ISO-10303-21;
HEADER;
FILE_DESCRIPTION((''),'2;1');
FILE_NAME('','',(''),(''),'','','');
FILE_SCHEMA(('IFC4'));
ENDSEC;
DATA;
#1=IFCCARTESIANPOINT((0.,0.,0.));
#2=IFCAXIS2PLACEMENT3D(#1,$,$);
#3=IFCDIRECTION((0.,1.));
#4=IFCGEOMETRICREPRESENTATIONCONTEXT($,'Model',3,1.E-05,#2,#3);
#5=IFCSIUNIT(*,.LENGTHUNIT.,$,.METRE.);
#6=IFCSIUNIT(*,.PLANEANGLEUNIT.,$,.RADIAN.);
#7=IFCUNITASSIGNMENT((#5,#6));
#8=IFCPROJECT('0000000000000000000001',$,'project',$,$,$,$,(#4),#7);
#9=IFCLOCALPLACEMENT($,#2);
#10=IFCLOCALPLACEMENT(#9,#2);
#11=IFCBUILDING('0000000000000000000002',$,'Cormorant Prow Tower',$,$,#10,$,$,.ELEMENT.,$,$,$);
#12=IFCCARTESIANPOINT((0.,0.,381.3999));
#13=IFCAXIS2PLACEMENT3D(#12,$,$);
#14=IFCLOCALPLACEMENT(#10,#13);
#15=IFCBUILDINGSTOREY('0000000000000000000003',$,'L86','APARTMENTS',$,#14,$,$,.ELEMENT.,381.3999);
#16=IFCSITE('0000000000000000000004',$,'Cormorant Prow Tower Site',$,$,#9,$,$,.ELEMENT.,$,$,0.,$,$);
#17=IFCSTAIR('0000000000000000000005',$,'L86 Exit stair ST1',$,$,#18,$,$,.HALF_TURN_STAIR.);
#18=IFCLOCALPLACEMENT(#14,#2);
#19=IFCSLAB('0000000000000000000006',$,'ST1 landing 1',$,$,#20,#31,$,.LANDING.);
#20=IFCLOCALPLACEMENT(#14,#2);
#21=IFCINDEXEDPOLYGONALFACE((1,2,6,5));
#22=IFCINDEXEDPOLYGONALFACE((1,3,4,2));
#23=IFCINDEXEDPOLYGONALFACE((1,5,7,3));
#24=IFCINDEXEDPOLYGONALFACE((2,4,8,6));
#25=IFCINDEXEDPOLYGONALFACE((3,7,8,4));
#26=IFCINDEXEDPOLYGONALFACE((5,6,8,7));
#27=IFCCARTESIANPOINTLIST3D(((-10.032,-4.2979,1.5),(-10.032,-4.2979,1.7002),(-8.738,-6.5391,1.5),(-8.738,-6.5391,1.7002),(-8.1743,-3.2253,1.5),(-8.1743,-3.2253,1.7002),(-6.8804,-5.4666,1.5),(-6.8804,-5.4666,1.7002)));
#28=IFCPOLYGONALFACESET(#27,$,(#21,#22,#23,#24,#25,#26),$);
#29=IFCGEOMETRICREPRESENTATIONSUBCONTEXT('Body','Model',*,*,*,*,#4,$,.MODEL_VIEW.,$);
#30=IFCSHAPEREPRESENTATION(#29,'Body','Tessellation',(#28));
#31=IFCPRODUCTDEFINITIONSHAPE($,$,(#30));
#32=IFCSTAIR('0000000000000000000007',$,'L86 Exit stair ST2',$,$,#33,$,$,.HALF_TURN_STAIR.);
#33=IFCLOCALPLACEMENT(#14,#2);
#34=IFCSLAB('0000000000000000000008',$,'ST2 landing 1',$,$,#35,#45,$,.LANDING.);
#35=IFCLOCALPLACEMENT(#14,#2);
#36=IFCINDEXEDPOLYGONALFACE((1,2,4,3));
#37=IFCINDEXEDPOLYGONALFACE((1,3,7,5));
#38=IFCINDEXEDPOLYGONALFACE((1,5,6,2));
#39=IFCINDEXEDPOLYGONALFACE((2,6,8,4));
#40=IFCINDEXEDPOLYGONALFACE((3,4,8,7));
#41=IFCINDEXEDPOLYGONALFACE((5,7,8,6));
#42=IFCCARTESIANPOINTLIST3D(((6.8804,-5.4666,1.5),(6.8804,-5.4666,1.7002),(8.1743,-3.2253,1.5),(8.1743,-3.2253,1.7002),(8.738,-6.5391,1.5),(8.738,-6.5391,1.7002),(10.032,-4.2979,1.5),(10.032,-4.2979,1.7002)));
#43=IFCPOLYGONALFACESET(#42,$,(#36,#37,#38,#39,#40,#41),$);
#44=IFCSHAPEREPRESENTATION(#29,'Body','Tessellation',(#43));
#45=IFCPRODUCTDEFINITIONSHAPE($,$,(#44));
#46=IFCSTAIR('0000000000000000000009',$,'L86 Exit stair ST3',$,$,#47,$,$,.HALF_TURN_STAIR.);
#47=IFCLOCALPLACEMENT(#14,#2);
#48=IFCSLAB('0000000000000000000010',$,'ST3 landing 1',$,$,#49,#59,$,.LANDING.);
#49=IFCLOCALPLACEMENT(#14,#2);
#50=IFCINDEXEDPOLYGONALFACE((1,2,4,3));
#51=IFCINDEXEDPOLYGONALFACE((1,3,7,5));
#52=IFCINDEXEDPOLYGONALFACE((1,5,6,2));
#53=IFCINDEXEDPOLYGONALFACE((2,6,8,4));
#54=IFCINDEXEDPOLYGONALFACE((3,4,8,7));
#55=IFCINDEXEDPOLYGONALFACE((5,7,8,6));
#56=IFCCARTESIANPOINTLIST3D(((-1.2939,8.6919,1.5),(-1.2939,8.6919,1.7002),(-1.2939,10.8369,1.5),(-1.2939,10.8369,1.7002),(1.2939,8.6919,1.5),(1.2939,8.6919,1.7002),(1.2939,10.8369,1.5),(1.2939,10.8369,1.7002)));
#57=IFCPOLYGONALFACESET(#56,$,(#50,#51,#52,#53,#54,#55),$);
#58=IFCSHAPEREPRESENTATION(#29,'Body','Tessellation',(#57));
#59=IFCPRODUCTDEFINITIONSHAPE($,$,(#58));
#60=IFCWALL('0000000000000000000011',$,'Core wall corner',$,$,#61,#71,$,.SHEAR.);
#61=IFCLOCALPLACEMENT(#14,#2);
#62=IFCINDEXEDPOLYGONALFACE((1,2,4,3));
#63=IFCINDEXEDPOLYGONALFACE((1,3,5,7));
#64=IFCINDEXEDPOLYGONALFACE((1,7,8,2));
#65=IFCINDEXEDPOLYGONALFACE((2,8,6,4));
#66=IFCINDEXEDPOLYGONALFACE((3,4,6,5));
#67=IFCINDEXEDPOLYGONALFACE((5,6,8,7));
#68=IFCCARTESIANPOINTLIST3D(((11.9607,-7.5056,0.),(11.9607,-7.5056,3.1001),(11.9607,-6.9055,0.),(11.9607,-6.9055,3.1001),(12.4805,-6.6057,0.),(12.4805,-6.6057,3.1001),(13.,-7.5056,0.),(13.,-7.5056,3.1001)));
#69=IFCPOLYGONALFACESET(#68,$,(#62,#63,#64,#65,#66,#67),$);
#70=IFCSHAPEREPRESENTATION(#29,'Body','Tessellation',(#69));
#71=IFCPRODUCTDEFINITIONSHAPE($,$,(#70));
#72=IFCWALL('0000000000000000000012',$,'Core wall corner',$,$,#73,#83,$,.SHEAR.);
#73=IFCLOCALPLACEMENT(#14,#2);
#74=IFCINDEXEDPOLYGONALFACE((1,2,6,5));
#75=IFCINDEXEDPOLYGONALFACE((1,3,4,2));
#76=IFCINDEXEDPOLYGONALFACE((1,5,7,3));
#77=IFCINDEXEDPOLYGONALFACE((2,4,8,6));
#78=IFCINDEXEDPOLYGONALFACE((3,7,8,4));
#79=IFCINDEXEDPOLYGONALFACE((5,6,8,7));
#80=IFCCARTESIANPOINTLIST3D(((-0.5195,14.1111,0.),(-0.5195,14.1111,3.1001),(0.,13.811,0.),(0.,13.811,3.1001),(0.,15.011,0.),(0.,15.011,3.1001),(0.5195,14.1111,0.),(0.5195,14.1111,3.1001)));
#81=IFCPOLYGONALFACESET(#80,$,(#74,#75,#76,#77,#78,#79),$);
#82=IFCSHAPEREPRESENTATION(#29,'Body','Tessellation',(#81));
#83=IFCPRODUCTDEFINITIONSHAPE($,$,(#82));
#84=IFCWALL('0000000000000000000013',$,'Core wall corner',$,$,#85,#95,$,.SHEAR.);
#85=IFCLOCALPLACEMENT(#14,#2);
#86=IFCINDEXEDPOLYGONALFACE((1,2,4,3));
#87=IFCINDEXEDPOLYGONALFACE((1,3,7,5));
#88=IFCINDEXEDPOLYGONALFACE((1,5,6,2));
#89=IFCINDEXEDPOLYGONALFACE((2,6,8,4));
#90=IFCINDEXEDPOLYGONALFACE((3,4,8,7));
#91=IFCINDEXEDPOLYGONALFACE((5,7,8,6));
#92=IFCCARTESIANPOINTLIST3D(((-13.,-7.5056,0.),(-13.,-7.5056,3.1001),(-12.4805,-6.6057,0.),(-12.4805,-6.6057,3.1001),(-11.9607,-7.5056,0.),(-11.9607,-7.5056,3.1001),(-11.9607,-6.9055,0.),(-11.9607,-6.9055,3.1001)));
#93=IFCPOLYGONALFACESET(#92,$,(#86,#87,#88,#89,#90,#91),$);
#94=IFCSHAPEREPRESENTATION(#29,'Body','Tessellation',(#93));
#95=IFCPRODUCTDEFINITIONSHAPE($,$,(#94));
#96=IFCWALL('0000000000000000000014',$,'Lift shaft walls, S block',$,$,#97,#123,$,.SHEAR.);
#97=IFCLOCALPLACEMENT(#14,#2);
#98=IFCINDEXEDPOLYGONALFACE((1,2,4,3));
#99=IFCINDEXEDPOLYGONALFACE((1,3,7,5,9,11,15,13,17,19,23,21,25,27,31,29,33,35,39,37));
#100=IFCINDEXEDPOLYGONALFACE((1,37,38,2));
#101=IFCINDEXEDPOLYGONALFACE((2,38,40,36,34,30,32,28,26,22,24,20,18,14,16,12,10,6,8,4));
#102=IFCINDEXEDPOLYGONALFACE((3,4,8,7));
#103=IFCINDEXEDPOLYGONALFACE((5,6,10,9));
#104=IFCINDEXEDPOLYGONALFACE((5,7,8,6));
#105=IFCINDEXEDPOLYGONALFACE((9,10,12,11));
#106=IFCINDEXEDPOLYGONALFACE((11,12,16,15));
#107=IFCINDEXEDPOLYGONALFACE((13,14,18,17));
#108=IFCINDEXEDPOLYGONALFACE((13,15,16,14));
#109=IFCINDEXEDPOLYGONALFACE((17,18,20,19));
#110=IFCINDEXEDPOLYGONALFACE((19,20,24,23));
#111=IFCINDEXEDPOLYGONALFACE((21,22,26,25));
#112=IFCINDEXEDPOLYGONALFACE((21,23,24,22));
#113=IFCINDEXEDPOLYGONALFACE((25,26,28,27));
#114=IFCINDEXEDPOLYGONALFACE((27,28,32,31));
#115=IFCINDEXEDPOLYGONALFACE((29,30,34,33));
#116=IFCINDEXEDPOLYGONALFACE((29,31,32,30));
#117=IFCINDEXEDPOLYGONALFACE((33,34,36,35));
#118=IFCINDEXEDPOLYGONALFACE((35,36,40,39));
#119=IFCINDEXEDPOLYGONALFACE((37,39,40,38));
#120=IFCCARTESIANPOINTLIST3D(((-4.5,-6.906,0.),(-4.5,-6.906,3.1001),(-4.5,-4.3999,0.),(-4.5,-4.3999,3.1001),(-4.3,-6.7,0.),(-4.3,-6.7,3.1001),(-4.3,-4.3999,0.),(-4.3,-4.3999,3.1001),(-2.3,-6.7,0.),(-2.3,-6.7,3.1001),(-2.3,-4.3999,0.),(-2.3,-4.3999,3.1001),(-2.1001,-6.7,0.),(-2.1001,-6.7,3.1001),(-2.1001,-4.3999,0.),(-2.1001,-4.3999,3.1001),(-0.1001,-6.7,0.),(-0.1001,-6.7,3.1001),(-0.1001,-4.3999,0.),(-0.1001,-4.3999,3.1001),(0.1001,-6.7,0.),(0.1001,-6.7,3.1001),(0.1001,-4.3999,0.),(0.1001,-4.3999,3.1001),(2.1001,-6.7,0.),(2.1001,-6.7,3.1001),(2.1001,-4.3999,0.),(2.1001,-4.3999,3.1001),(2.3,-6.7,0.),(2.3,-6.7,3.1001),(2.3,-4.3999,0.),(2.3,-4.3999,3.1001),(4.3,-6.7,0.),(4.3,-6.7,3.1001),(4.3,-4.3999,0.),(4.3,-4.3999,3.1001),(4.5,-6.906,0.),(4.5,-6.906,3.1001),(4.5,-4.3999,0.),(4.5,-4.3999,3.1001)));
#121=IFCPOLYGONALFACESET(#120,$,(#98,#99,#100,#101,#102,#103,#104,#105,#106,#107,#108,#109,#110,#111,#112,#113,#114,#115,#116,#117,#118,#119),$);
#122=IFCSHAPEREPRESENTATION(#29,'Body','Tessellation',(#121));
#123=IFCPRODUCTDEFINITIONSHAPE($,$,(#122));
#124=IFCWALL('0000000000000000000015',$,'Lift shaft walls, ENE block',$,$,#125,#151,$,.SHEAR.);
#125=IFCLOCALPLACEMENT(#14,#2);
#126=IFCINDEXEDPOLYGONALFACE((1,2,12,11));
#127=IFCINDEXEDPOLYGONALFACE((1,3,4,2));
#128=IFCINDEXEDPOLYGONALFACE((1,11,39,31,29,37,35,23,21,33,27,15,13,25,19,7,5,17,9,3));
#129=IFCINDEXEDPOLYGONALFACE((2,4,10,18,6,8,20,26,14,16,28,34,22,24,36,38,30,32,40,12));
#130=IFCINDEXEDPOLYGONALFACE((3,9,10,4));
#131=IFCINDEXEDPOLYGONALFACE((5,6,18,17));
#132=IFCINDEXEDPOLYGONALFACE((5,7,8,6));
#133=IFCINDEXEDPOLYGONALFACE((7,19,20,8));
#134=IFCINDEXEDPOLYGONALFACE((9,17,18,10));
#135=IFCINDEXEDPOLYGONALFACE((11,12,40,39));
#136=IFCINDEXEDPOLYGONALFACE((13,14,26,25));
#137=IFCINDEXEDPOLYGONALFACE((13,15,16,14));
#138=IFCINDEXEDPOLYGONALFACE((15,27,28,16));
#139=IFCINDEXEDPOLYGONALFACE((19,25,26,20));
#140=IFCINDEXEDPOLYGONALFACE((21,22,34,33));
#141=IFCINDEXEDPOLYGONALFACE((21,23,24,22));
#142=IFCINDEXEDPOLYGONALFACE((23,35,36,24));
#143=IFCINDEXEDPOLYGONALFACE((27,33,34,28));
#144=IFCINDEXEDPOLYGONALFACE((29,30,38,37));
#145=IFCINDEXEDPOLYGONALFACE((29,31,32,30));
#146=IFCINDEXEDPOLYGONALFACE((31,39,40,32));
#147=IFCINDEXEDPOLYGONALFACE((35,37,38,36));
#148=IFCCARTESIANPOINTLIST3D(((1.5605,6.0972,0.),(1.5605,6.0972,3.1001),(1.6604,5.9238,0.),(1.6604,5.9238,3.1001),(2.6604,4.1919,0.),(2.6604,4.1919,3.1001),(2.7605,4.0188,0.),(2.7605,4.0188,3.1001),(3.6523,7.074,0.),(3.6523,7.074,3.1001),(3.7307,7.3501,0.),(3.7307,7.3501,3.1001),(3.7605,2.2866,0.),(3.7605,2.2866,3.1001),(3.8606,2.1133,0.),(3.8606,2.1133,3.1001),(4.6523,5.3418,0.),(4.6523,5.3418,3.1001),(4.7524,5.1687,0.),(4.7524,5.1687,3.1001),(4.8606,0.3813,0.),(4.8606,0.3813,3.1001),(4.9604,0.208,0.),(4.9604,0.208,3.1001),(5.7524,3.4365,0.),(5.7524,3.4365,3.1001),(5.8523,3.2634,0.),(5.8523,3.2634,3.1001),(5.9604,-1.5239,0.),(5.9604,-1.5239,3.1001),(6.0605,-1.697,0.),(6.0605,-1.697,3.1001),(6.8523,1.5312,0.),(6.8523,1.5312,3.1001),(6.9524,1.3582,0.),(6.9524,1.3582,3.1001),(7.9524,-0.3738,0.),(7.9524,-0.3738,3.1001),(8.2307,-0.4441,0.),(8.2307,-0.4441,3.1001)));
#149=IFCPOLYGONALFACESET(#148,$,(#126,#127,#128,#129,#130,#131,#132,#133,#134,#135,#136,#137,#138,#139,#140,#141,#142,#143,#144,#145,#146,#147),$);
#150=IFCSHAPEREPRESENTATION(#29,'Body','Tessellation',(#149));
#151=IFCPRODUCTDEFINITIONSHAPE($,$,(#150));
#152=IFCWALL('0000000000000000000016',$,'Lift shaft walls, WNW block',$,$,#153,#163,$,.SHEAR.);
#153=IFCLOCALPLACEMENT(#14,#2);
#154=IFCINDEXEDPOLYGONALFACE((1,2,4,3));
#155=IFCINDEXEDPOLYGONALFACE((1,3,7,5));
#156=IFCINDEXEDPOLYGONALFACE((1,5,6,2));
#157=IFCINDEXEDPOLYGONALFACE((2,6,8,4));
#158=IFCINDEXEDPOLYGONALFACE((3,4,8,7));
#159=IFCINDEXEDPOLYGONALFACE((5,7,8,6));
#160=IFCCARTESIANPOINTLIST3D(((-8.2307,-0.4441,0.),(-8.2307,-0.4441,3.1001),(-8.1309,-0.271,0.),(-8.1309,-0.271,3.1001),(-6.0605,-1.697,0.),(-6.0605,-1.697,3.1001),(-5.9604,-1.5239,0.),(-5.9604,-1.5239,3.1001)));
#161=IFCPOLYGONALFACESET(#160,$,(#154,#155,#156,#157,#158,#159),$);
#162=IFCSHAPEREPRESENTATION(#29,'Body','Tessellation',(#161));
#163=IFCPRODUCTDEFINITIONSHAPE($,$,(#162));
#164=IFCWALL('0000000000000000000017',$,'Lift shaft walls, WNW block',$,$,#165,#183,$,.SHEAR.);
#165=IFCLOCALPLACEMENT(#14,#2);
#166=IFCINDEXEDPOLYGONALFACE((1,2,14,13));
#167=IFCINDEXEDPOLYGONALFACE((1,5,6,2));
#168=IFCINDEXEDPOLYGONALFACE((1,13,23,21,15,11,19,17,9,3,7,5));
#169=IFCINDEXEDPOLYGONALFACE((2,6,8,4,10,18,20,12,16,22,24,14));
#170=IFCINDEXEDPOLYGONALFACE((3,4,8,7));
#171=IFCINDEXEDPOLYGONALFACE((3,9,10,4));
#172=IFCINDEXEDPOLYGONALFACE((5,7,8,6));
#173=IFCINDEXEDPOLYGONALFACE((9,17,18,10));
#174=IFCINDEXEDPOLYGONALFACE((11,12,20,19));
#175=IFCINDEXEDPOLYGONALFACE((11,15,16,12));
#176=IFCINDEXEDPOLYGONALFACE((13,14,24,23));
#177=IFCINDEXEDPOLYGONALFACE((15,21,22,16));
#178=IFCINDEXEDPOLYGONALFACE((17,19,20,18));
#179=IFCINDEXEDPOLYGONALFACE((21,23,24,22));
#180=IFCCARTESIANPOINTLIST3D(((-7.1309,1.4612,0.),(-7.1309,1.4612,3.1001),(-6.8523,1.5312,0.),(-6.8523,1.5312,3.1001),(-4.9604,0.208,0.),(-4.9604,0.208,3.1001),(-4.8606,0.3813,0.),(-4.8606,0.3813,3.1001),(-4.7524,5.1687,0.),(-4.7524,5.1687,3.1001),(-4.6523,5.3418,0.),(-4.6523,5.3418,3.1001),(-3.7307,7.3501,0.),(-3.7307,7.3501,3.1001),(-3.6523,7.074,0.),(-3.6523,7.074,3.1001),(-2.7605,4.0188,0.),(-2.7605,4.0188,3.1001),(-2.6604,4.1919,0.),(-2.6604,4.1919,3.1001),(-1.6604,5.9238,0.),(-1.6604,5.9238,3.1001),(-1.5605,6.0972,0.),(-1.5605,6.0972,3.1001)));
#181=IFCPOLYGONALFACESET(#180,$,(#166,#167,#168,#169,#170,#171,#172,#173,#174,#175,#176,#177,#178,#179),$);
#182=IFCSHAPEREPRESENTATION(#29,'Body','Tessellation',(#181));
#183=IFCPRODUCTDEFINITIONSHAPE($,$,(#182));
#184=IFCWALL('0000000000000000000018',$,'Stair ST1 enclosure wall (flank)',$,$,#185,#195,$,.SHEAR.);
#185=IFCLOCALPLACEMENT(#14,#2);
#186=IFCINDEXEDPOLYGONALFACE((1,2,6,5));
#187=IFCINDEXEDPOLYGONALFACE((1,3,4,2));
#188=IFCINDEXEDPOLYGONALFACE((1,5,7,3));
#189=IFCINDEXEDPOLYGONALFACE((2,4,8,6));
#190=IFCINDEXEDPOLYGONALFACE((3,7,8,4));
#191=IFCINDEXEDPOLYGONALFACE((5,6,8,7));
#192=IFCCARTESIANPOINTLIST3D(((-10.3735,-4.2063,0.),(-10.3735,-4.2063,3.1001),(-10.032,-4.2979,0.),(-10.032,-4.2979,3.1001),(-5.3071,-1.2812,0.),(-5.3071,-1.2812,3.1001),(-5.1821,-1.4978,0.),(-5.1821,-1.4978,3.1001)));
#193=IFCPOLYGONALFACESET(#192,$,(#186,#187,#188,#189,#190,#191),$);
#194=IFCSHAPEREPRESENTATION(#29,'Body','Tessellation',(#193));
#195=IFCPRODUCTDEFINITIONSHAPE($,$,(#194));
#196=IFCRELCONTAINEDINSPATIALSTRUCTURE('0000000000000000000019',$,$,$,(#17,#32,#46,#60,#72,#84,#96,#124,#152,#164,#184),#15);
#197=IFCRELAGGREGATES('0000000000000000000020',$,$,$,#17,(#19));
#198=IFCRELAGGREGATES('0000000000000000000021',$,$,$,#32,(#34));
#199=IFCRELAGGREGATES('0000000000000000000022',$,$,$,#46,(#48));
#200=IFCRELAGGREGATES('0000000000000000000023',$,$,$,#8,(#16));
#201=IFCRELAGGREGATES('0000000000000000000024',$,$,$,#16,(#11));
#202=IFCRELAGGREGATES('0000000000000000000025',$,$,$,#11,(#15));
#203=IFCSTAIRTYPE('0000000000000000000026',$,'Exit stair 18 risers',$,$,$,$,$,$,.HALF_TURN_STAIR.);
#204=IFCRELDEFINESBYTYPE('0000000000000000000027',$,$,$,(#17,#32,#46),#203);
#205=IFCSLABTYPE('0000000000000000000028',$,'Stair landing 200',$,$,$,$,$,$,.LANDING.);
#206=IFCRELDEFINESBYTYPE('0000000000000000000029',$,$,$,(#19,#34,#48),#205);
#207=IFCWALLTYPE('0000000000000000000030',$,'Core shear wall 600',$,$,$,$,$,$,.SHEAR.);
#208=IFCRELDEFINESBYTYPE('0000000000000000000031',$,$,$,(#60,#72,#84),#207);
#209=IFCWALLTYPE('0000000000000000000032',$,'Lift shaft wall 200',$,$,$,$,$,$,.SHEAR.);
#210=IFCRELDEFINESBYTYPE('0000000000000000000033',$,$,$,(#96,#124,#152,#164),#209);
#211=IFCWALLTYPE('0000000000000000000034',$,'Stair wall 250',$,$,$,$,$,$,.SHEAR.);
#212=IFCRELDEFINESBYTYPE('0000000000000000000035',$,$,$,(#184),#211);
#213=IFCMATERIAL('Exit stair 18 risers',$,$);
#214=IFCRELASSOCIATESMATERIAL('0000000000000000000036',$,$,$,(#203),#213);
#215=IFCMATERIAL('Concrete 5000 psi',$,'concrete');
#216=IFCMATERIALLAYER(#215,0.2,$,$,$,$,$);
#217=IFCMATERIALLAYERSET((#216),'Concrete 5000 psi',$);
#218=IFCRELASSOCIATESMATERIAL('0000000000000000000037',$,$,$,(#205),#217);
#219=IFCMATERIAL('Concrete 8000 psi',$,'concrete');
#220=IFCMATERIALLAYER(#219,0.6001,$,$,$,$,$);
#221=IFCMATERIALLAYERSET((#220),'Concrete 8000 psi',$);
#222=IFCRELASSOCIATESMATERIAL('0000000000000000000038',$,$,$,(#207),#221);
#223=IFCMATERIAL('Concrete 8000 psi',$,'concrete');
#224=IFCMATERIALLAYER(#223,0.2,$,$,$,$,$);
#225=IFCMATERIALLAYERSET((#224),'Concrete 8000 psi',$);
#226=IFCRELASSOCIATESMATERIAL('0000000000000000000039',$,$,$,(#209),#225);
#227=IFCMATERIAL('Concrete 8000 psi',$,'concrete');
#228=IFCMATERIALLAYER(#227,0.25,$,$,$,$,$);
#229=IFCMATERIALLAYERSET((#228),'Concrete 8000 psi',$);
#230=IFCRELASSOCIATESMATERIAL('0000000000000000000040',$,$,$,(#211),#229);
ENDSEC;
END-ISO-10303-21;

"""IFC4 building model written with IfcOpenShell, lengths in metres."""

from ifc_helpers import new_model, si_unit, direction, frame, origin, place, context, subcontext, project, spatial, polyline, outline, extrude, material, layer, layer_set, type_object, element, aggregate, save


model = new_model("IFC4")

# Units and contexts
model_context = context("Model", 3, precision=1e-05, world=origin(), true_north=direction((0.0, 1.0)))
body_context = subcontext(model_context, "Body", "Model", "MODEL_VIEW")
ifc_project = project(units=[si_unit("LENGTHUNIT", "METRE"), si_unit("PLANEANGLEUNIT", "RADIAN")], contexts=[model_context])

# Site, building, storey
site_placement = place(None, origin())
site = spatial("IfcSite", under=ifc_project, at=site_placement, Name="Cormorant Prow Tower Site", CompositionType="ELEMENT", RefElevation=0.0)
building_placement = place(site_placement, origin())
building = spatial("IfcBuilding", under=site, at=building_placement, Name="Cormorant Prow Tower", CompositionType="ELEMENT")
storey_placement = place(building_placement, frame((0.0, 0.0, 381.3999)))
storey = spatial("IfcBuildingStorey", under=building, at=storey_placement, Name="L86", Description="APARTMENTS", CompositionType="ELEMENT", Elevation=381.3999)

# Stairs, slabs
ifc_material_1 = material(Name="Exit stair 18 risers")
stair_type = type_object("IfcStairType", Name="Exit stair 18 risers", PredefinedType="HALF_TURN_STAIR", material=ifc_material_1)
stair_1_placement = place(storey_placement, origin())
stair_1 = element("IfcStair", 1, at=stair_1_placement, inside=storey, type_object=stair_type, Name="L86 Exit stair ST1", PredefinedType="HALF_TURN_STAIR")
ifc_material_2 = material(Name="Concrete 5000 psi", Category="concrete")
ifc_layer_1 = layer(ifc_material_2, 0.2)
ifc_layer_set_1 = layer_set([ifc_layer_1], Name="Concrete 5000 psi")
slab_type = type_object("IfcSlabType", Name="Stair landing 200", PredefinedType="LANDING", material=ifc_layer_set_1)
slab_1_placement = place(storey_placement, frame((0.0, 0.0, 1.5)))
slab_1 = element("IfcSlab", 2, at=slab_1_placement, type_object=slab_type, Name="ST1 landing 1", PredefinedType="LANDING", context=body_context, shape_type="SweptSolid", body=[
    extrude(outline(polyline([(-8.1743, -3.2253), (-10.032, -4.2979), (-8.738, -6.5391), (-6.8804, -5.4666), (-8.1743, -3.2253)])), origin(), (0.0, 0.0, 1.0), 0.2002),
])
aggregate(stair_1, [slab_1])
stair_2_placement = place(storey_placement, origin())
stair_2 = element("IfcStair", 3, at=stair_2_placement, inside=storey, type_object=stair_type, Name="L86 Exit stair ST2", PredefinedType="HALF_TURN_STAIR")
slab_2_placement = place(storey_placement, frame((0.0, 0.0, 1.5)))
slab_2 = element("IfcSlab", 4, at=slab_2_placement, type_object=slab_type, Name="ST2 landing 1", PredefinedType="LANDING", context=body_context, shape_type="SweptSolid", body=[
    extrude(outline(polyline([(6.8804, -5.4666), (8.738, -6.5391), (10.032, -4.2979), (8.1743, -3.2253), (6.8804, -5.4666)])), origin(), (0.0, 0.0, 1.0), 0.2002),
])
aggregate(stair_2, [slab_2])
stair_3_placement = place(storey_placement, origin())
stair_3 = element("IfcStair", 5, at=stair_3_placement, inside=storey, type_object=stair_type, Name="L86 Exit stair ST3", PredefinedType="HALF_TURN_STAIR")
slab_3_placement = place(storey_placement, frame((0.0, 0.0, 1.5)))
slab_3 = element("IfcSlab", 6, at=slab_3_placement, type_object=slab_type, Name="ST3 landing 1", PredefinedType="LANDING", context=body_context, shape_type="SweptSolid", body=[
    extrude(outline(polyline([(1.2939, 8.6919), (1.2939, 10.8369), (-1.2939, 10.8369), (-1.2939, 8.6919), (1.2939, 8.6919)])), origin(), (0.0, 0.0, 1.0), 0.2002),
])

# Walls
ifc_material_3 = material(Name="Concrete 8000 psi", Category="concrete")
ifc_layer_2 = layer(ifc_material_3, 0.6001)
ifc_layer_set_2 = layer_set([ifc_layer_2], Name="Concrete 8000 psi")
wall_type_1 = type_object("IfcWallType", Name="Core shear wall 600", PredefinedType="SHEAR", material=ifc_layer_set_2)
wall_1_placement = place(storey_placement, origin())
element("IfcWall", 7, at=wall_1_placement, inside=storey, type_object=wall_type_1, Name="Core wall corner", PredefinedType="SHEAR", context=body_context, shape_type="SweptSolid", body=[
    extrude(outline(polyline([(11.9607, -7.5056), (11.9607, -6.9055), (12.4805, -6.6057), (13.0, -7.5056), (11.9607, -7.5056)])), origin(), (0.0, 0.0, 1.0), 3.1001),
])
wall_2_placement = place(storey_placement, origin())
element("IfcWall", 8, at=wall_2_placement, inside=storey, type_object=wall_type_1, Name="Core wall corner", PredefinedType="SHEAR", context=body_context, shape_type="SweptSolid", body=[
    extrude(outline(polyline([(-0.5195, 14.1111), (0.0, 15.011), (0.5195, 14.1111), (0.0, 13.811), (-0.5195, 14.1111)])), origin(), (0.0, 0.0, 1.0), 3.1001),
])
wall_3_placement = place(storey_placement, origin())
element("IfcWall", 9, at=wall_3_placement, inside=storey, type_object=wall_type_1, Name="Core wall corner", PredefinedType="SHEAR", context=body_context, shape_type="SweptSolid", body=[
    extrude(outline(polyline([(-12.4805, -6.6057), (-11.9607, -6.9055), (-11.9607, -7.5056), (-13.0, -7.5056), (-12.4805, -6.6057)])), origin(), (0.0, 0.0, 1.0), 3.1001),
])
ifc_material_4 = material(Name="Concrete 8000 psi", Category="concrete")
ifc_layer_3 = layer(ifc_material_4, 0.2)
ifc_layer_set_3 = layer_set([ifc_layer_3], Name="Concrete 8000 psi")
wall_type_2 = type_object("IfcWallType", Name="Lift shaft wall 200", PredefinedType="SHEAR", material=ifc_layer_set_3)
wall_4_placement = place(storey_placement, origin())
element("IfcWall", 10, at=wall_4_placement, inside=storey, type_object=wall_type_2, Name="Lift shaft walls, S block", PredefinedType="SHEAR", context=body_context, shape_type="SweptSolid", body=[
    extrude(outline(polyline([(4.5, -4.3999), (4.5, -6.906), (-4.5, -6.906), (-4.5, -4.3999), (-4.3, -4.3999), (-4.3, -6.7), (-2.3, -6.7), (-2.3, -4.3999), (-2.1001, -4.3999), (-2.1001, -6.7), (-0.1001, -6.7), (-0.1001, -4.3999), (0.1001, -4.3999), (0.1001, -6.7), (2.1001, -6.7), (2.1001, -4.3999), (2.3, -4.3999), (2.3, -6.7), (4.3, -6.7), (4.3, -4.3999), (4.5, -4.3999)])), origin(), (0.0, 0.0, 1.0), 3.1001),
])
wall_5_placement = place(storey_placement, origin())
element("IfcWall", 11, at=wall_5_placement, inside=storey, type_object=wall_type_2, Name="Lift shaft walls, ENE block", PredefinedType="SHEAR", context=body_context, shape_type="SweptSolid", body=[
    extrude(outline(polyline([(1.5605, 6.0972), (3.7307, 7.3501), (8.2307, -0.4441), (6.0605, -1.697), (5.9604, -1.5239), (7.9524, -0.3738), (6.9524, 1.3582), (4.9604, 0.208), (4.8606, 0.3813), (6.8523, 1.5312), (5.8523, 3.2634), (3.8606, 2.1133), (3.7605, 2.2866), (5.7524, 3.4365), (4.7524, 5.1687), (2.7605, 4.0188), (2.6604, 4.1919), (4.6523, 5.3418), (3.6523, 7.074), (1.6604, 5.9238), (1.5605, 6.0972)])), origin(), (0.0, 0.0, 1.0), 3.1001),
])
wall_6_placement = place(storey_placement, origin())
element("IfcWall", 12, at=wall_6_placement, inside=storey, type_object=wall_type_2, Name="Lift shaft walls, WNW block", PredefinedType="SHEAR", context=body_context, shape_type="SweptSolid", body=[
    extrude(outline(polyline([(-6.0605, -1.697), (-8.2307, -0.4441), (-8.1309, -0.271), (-5.9604, -1.5239), (-6.0605, -1.697)])), origin(), (0.0, 0.0, 1.0), 3.1001),
])
wall_7_placement = place(storey_placement, origin())
element("IfcWall", 13, at=wall_7_placement, inside=storey, type_object=wall_type_2, Name="Lift shaft walls, WNW block", PredefinedType="SHEAR", context=body_context, shape_type="SweptSolid", body=[
    extrude(outline(polyline([(-4.9604, 0.208), (-7.1309, 1.4612), (-3.7307, 7.3501), (-1.5605, 6.0972), (-1.6604, 5.9238), (-3.6523, 7.074), (-4.6523, 5.3418), (-2.6604, 4.1919), (-2.7605, 4.0188), (-4.7524, 5.1687), (-6.8523, 1.5312), (-4.8606, 0.3813), (-4.9604, 0.208)])), origin(), (0.0, 0.0, 1.0), 3.1001),
])
ifc_material_5 = material(Name="Concrete 8000 psi", Category="concrete")
ifc_layer_4 = layer(ifc_material_5, 0.25)
ifc_layer_set_4 = layer_set([ifc_layer_4], Name="Concrete 8000 psi")
wall_type_3 = type_object("IfcWallType", Name="Stair wall 250", PredefinedType="SHEAR", material=ifc_layer_set_4)
wall_8_placement = place(storey_placement, origin())
element("IfcWall", 14, at=wall_8_placement, inside=storey, type_object=wall_type_3, Name="Stair ST1 enclosure wall (flank)", PredefinedType="SHEAR", context=body_context, shape_type="SweptSolid", body=[
    extrude(outline(polyline([(-5.3071, -1.2812), (-10.3735, -4.2063), (-10.032, -4.2979), (-5.1821, -1.4978), (-5.3071, -1.2812)])), origin(), (0.0, 0.0, 1.0), 3.1001),
])

aggregate(stair_3, [slab_3])

save(model, "model.ifc")
